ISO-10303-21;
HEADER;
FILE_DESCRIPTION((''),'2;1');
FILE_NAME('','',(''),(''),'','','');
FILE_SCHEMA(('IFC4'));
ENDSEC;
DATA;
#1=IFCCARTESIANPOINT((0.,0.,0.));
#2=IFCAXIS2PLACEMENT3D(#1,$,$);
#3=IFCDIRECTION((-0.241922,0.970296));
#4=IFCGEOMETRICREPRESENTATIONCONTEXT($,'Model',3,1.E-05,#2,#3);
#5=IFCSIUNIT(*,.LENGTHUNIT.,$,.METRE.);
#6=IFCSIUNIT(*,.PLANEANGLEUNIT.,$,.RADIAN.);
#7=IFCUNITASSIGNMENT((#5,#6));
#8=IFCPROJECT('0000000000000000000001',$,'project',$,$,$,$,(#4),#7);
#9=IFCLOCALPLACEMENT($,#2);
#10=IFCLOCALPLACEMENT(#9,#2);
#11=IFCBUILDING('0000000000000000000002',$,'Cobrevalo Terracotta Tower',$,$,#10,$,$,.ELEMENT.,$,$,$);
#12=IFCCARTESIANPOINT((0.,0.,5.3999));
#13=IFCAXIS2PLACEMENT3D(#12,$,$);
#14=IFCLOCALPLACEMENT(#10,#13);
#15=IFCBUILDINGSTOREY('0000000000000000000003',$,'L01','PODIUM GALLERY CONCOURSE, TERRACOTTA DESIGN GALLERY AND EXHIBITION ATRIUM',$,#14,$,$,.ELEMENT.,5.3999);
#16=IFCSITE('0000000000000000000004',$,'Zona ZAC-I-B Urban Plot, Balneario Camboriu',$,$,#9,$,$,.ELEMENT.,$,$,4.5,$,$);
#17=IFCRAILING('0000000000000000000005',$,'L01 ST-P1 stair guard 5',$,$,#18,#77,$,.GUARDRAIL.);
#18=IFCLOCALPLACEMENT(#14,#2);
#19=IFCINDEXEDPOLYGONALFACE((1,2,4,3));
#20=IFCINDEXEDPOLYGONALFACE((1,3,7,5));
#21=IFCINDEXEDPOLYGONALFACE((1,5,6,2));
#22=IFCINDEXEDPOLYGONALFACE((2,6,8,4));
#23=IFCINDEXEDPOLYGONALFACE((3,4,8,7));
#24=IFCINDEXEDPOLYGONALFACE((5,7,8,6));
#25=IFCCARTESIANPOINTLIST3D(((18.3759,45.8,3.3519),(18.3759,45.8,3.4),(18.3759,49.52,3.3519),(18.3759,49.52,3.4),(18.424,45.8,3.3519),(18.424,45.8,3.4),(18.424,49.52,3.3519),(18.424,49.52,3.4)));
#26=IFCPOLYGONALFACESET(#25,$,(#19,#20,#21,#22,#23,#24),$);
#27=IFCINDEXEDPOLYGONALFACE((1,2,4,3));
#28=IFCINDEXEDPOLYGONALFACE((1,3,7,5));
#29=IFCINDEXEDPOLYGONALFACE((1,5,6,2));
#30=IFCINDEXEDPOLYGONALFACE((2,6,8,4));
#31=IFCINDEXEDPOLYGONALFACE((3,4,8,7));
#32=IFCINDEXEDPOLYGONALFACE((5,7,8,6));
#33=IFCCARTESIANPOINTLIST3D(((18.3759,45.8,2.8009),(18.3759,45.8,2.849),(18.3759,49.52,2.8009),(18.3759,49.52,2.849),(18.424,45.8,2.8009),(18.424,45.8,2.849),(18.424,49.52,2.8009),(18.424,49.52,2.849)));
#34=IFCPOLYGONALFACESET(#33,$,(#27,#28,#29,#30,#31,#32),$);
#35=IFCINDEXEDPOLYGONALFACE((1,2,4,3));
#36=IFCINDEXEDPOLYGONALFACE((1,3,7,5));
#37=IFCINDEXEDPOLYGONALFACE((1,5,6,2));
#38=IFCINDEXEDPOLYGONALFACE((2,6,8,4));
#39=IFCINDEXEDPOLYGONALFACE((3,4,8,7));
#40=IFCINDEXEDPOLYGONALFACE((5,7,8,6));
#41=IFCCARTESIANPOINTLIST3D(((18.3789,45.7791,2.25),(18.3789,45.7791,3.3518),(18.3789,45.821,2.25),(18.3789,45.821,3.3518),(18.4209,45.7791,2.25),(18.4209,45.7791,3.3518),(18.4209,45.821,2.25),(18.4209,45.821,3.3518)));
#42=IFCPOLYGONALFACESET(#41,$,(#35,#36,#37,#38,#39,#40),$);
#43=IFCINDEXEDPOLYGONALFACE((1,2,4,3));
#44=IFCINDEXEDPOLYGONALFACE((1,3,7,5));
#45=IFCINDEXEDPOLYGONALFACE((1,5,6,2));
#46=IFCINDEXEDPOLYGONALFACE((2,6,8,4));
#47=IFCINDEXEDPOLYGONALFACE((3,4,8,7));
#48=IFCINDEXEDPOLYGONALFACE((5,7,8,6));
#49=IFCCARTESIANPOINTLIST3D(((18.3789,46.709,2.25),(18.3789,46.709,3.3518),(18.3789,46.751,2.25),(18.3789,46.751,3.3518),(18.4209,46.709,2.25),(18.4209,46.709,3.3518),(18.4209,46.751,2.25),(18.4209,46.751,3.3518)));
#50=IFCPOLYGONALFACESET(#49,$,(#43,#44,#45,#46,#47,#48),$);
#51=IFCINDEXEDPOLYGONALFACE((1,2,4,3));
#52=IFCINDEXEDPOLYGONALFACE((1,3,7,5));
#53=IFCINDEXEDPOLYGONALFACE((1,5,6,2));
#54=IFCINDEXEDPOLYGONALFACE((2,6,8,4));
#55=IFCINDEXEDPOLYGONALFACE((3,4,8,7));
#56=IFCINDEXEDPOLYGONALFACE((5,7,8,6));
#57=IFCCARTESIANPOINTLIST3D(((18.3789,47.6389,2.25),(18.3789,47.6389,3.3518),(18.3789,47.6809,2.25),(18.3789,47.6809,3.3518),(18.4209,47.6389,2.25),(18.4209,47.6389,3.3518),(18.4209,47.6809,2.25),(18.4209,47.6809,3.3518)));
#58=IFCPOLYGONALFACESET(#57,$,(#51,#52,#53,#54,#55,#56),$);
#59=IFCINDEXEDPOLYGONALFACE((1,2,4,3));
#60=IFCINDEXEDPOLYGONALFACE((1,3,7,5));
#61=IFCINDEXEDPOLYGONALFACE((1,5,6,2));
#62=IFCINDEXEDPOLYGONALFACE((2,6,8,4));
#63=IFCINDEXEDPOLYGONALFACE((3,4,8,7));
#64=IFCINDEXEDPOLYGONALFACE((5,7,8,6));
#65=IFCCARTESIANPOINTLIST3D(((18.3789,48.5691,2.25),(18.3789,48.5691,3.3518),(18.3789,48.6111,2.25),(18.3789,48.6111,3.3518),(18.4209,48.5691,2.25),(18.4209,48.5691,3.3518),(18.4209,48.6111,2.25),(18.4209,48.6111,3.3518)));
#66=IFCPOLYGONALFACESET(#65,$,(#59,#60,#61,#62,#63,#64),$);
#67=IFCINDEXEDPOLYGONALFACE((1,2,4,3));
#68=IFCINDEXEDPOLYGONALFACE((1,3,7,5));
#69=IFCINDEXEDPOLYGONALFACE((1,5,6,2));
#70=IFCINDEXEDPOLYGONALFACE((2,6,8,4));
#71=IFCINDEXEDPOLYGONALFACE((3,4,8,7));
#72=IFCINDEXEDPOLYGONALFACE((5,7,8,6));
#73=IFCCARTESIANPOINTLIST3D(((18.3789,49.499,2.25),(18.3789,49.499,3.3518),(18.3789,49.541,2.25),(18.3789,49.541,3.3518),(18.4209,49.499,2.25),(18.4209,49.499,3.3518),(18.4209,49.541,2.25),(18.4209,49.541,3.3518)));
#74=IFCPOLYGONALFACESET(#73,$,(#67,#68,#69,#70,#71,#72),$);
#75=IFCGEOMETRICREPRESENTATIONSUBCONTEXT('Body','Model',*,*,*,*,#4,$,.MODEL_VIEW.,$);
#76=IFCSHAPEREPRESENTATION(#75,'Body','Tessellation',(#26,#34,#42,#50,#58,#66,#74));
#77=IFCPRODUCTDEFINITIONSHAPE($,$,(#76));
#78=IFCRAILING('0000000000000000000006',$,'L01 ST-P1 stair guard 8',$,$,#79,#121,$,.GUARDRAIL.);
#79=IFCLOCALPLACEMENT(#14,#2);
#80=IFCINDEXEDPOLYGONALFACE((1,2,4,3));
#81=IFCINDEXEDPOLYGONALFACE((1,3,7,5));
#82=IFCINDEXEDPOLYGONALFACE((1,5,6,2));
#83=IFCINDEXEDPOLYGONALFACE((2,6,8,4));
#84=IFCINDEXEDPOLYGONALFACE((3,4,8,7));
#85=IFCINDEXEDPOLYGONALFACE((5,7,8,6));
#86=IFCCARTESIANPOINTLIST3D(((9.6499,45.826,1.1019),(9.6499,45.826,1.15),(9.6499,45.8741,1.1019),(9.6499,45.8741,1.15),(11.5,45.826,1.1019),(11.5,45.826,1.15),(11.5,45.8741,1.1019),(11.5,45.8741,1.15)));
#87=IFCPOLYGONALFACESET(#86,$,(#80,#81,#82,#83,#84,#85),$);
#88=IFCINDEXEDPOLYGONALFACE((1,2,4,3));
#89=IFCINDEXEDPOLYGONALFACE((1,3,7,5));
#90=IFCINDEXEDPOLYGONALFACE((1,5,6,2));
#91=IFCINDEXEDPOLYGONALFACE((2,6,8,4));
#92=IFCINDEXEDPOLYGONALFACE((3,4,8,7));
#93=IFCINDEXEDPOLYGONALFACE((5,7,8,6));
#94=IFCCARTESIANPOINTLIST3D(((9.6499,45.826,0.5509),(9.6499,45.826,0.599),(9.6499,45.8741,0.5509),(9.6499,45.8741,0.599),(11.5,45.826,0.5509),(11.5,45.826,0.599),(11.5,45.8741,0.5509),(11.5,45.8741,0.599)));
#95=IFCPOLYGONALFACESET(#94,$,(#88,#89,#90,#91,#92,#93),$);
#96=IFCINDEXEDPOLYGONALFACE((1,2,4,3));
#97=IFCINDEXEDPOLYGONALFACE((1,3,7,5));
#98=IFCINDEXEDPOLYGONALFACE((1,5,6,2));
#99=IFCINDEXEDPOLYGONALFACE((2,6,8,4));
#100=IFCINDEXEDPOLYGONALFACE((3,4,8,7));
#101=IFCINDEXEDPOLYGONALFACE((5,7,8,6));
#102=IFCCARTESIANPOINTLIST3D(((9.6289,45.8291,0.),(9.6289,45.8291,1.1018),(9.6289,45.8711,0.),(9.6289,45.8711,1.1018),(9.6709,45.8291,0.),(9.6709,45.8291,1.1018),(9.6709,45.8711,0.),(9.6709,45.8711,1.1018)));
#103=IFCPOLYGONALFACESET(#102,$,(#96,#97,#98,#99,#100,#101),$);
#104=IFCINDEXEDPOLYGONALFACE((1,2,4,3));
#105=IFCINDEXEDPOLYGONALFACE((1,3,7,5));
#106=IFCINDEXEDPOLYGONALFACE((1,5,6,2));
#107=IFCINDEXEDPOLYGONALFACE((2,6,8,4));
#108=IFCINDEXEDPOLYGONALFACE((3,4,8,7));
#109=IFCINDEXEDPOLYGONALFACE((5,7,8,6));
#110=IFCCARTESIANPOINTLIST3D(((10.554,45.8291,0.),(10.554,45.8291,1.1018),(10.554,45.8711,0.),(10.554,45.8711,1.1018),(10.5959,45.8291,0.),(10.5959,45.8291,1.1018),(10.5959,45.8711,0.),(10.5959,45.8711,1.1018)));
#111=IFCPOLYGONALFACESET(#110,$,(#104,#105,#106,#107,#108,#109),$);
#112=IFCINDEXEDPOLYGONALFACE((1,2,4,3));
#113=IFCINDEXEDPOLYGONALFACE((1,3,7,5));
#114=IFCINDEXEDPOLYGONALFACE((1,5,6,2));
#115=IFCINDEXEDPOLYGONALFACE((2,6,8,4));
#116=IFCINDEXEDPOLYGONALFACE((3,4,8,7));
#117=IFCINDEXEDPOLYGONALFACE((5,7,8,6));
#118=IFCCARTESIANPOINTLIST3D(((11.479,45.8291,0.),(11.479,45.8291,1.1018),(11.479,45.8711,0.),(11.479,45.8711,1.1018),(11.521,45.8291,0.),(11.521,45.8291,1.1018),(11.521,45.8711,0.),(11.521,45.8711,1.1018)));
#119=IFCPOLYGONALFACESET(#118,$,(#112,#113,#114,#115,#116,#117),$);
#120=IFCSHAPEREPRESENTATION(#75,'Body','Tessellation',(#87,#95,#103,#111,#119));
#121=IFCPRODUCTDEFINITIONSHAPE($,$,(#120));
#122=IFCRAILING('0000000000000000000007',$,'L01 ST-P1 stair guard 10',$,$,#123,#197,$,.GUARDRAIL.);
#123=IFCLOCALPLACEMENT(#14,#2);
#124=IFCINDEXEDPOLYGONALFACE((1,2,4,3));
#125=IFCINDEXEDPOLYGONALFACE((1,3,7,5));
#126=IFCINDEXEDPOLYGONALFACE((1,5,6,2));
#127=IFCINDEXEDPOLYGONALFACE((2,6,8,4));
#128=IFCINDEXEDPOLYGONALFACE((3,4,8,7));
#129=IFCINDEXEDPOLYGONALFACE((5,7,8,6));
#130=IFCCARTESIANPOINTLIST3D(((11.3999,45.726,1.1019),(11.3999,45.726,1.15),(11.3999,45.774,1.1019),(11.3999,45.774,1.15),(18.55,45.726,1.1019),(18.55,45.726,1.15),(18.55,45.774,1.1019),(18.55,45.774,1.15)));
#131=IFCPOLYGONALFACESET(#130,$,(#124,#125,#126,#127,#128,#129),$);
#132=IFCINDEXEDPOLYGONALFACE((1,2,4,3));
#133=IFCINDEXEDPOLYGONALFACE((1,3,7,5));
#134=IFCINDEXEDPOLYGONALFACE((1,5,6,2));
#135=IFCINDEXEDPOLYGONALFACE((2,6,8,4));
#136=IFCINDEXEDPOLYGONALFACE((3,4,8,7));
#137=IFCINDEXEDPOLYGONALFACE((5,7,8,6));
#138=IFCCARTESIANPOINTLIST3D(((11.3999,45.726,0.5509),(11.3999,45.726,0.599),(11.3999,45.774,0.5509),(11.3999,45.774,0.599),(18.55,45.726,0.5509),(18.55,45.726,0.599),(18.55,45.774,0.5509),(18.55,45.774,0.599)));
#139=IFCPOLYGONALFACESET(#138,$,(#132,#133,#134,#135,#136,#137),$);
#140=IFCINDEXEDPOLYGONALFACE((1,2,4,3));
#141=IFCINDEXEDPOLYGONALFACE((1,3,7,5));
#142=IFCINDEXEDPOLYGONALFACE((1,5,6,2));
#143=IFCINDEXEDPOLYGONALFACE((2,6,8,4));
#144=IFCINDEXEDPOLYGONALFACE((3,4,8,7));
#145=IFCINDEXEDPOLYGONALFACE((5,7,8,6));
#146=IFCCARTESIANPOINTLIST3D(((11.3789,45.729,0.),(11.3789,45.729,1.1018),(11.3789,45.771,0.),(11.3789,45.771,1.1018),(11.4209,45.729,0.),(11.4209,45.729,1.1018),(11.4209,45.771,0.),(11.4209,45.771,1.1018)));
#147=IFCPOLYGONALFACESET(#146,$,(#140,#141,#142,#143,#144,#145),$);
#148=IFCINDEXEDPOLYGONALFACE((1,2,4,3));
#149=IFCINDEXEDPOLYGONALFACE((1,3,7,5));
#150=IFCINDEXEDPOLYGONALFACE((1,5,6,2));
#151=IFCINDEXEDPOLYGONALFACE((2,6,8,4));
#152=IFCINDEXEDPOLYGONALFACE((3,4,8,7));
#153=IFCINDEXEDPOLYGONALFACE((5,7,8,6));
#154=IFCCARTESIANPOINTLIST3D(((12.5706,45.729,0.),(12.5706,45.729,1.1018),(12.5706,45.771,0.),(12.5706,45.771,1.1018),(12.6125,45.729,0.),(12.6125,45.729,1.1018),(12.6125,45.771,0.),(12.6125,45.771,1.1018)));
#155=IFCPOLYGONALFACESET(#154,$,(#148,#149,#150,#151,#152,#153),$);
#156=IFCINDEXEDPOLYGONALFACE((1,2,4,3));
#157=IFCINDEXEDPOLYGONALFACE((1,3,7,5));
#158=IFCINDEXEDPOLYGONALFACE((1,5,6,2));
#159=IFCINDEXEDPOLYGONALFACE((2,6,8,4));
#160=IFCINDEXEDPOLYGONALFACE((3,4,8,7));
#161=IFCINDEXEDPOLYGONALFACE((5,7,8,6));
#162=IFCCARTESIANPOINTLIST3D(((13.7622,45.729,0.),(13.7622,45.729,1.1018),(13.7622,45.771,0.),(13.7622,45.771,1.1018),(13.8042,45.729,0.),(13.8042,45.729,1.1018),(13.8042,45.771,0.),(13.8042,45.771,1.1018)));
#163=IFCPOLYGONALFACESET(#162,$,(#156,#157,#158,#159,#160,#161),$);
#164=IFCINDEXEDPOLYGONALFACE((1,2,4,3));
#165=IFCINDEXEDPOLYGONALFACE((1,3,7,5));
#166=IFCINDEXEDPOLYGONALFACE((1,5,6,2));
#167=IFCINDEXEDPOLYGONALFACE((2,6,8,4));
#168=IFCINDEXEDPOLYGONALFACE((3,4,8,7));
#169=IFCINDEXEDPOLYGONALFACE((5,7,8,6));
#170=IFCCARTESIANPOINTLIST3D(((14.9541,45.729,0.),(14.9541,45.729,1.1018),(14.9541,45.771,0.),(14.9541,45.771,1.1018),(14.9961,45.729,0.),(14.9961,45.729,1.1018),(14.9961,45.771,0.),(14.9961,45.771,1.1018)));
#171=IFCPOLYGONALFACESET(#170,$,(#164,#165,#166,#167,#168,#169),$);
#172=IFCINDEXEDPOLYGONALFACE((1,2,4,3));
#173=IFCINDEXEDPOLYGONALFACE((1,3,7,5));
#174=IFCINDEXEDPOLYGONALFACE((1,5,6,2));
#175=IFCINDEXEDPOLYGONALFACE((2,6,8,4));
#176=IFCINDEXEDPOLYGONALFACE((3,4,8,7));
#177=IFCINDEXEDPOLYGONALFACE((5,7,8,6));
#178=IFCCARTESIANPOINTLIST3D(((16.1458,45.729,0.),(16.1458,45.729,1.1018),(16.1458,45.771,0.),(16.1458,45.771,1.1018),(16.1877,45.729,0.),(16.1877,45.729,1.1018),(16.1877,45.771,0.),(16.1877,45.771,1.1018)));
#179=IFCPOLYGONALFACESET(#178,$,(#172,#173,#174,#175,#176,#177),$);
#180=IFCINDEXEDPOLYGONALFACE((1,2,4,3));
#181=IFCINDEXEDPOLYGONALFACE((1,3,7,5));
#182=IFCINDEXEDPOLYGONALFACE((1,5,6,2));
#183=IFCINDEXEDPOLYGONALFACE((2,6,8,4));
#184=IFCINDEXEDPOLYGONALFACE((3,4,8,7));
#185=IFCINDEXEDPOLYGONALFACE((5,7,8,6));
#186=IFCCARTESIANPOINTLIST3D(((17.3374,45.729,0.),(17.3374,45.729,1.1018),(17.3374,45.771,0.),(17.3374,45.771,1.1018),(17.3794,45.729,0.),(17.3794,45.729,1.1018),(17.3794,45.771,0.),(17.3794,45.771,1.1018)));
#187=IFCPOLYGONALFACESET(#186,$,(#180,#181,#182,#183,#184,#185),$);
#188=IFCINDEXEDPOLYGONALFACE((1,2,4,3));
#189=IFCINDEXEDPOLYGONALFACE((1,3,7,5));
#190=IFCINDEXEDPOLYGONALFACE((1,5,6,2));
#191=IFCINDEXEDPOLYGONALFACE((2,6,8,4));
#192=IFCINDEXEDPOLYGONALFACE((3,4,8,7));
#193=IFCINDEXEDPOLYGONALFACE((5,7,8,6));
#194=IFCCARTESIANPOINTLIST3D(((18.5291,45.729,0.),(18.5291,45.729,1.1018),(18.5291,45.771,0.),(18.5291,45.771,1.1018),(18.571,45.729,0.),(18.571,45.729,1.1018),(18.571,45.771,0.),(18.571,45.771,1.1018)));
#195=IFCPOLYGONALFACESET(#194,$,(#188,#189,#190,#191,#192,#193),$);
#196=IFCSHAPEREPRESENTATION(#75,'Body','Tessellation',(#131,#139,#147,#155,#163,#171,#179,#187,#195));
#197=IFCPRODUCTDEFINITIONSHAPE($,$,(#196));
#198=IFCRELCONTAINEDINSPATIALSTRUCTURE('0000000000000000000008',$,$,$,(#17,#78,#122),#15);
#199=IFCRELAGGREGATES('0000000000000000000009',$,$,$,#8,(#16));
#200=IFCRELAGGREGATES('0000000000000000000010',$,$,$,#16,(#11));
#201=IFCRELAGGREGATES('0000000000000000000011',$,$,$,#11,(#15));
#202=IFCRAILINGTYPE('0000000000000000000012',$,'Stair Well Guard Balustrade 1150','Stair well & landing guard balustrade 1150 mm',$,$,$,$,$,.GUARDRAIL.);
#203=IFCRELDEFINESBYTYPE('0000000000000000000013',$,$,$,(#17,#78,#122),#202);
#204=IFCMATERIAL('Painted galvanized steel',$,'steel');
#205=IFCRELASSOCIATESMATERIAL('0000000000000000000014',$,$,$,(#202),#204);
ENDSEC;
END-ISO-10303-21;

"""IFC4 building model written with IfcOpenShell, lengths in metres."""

from ifc_helpers import new_model, si_unit, direction, frame, origin, origin_2d, place, context, subcontext, project, spatial, rectangle, extrude, material, type_object, element, save


model = new_model("IFC4")

# Units and contexts
model_context = context("Model", 3, precision=1e-05, world=origin(), true_north=direction((-0.241922, 0.970296)))
body_context = subcontext(model_context, "Body", "Model", "MODEL_VIEW")
ifc_project = project(units=[si_unit("LENGTHUNIT", "METRE"), si_unit("PLANEANGLEUNIT", "RADIAN")], contexts=[model_context])

# Site, building, storey
site_placement = place(None, origin())
site = spatial("IfcSite", under=ifc_project, at=site_placement, Name="Zona ZAC-I-B Urban Plot, Balneario Camboriu", CompositionType="ELEMENT", RefElevation=4.5)
building_placement = place(site_placement, origin())
building = spatial("IfcBuilding", under=site, at=building_placement, Name="Cobrevalo Terracotta Tower", CompositionType="ELEMENT")
storey_placement = place(building_placement, frame((0.0, 0.0, 5.3999)))
storey = spatial("IfcBuildingStorey", under=building, at=storey_placement, Name="L01", Description="PODIUM GALLERY CONCOURSE, TERRACOTTA DESIGN GALLERY AND EXHIBITION ATRIUM", CompositionType="ELEMENT", Elevation=5.3999)

# Railings
ifc_material_1 = material(Name="Painted galvanized steel", Category="steel")
railing_type_1 = type_object("IfcRailingType", Name="Stair Well Guard Balustrade 1150", Description="Stair well & landing guard balustrade 1150 mm", PredefinedType="GUARDRAIL", material=ifc_material_1)
railing_1_placement = place(storey_placement, frame((18.3999, 45.8, 2.25)))
element("IfcRailing", 1, at=railing_1_placement, inside=storey, type_object=railing_type_1, Name="L01 ST-P1 stair guard 5", PredefinedType="GUARDRAIL", context=body_context, shape_type="SweptSolid", body=[
    extrude(rectangle(XDim=0.0481, YDim=0.0481, at=origin_2d()), frame((0.0, 0.0, 1.126), z_axis=(0.0, 1.0, 0.0), x_axis=(-1.0, 0.0, 0.0)), (0.0, 0.0, 1.0), 3.72),
    extrude(rectangle(XDim=0.0481, YDim=0.0481, at=origin_2d()), frame((0.0, 0.0, 0.575), z_axis=(0.0, 1.0, 0.0), x_axis=(-1.0, 0.0, 0.0)), (0.0, 0.0, 1.0), 3.72),
    extrude(rectangle(XDim=0.042, YDim=0.042, at=origin_2d()), origin(), (0.0, 0.0, 1.0), 1.1018),
    extrude(rectangle(XDim=0.042, YDim=0.042, at=origin_2d()), frame((0.0, 0.9299, 0.0)), (0.0, 0.0, 1.0), 1.1018),
    extrude(rectangle(XDim=0.042, YDim=0.042, at=origin_2d()), frame((0.0, 1.8599, 0.0)), (0.0, 0.0, 1.0), 1.1018),
    extrude(rectangle(XDim=0.042, YDim=0.042, at=origin_2d()), frame((0.0, 2.79, 0.0)), (0.0, 0.0, 1.0), 1.1018),
    extrude(rectangle(XDim=0.042, YDim=0.042, at=origin_2d()), frame((0.0, 3.72, 0.0)), (0.0, 0.0, 1.0), 1.1018),
])
railing_2_placement = place(storey_placement, frame((9.6499, 45.8501, 0.0)))
element("IfcRailing", 2, at=railing_2_placement, inside=storey, type_object=railing_type_1, Name="L01 ST-P1 stair guard 8", PredefinedType="GUARDRAIL", context=body_context, shape_type="SweptSolid", body=[
    extrude(rectangle(XDim=0.0481, YDim=0.0481, at=origin_2d()), frame((0.0, 0.0, 1.126), z_axis=(1.0, 0.0, 0.0), x_axis=(0.0, 1.0, 0.0)), (0.0, 0.0, 1.0), 1.8501),
    extrude(rectangle(XDim=0.0481, YDim=0.0481, at=origin_2d()), frame((0.0, 0.0, 0.575), z_axis=(1.0, 0.0, 0.0), x_axis=(0.0, 1.0, 0.0)), (0.0, 0.0, 1.0), 1.8501),
    extrude(rectangle(XDim=0.042, YDim=0.042, at=origin_2d()), origin(), (0.0, 0.0, 1.0), 1.1018),
    extrude(rectangle(XDim=0.042, YDim=0.042, at=origin_2d()), frame((0.925, 0.0, 0.0)), (0.0, 0.0, 1.0), 1.1018),
    extrude(rectangle(XDim=0.042, YDim=0.042, at=origin_2d()), frame((1.8501, 0.0, 0.0)), (0.0, 0.0, 1.0), 1.1018),
])
railing_3_placement = place(storey_placement, frame((11.3999, 45.75, 0.0)))
element("IfcRailing", 3, at=railing_3_placement, inside=storey, type_object=railing_type_1, Name="L01 ST-P1 stair guard 10", PredefinedType="GUARDRAIL", context=body_context, shape_type="SweptSolid", body=[
    extrude(rectangle(XDim=0.0481, YDim=0.0481, at=origin_2d()), frame((0.0, 0.0, 1.126), z_axis=(1.0, 0.0, 0.0), x_axis=(0.0, 1.0, 0.0)), (0.0, 0.0, 1.0), 7.1501),
    extrude(rectangle(XDim=0.0481, YDim=0.0481, at=origin_2d()), frame((0.0, 0.0, 0.575), z_axis=(1.0, 0.0, 0.0), x_axis=(0.0, 1.0, 0.0)), (0.0, 0.0, 1.0), 7.1501),
    extrude(rectangle(XDim=0.042, YDim=0.042, at=origin_2d()), origin(), (0.0, 0.0, 1.0), 1.1018),
    extrude(rectangle(XDim=0.042, YDim=0.042, at=origin_2d()), frame((1.1917, 0.0, 0.0)), (0.0, 0.0, 1.0), 1.1018),
    extrude(rectangle(XDim=0.042, YDim=0.042, at=origin_2d()), frame((2.3833, 0.0, 0.0)), (0.0, 0.0, 1.0), 1.1018),
    extrude(rectangle(XDim=0.042, YDim=0.042, at=origin_2d()), frame((3.5752, 0.0, 0.0)), (0.0, 0.0, 1.0), 1.1018),
    extrude(rectangle(XDim=0.042, YDim=0.042, at=origin_2d()), frame((4.7668, 0.0, 0.0)), (0.0, 0.0, 1.0), 1.1018),
    extrude(rectangle(XDim=0.042, YDim=0.042, at=origin_2d()), frame((5.9585, 0.0, 0.0)), (0.0, 0.0, 1.0), 1.1018),
    extrude(rectangle(XDim=0.042, YDim=0.042, at=origin_2d()), frame((7.1501, 0.0, 0.0)), (0.0, 0.0, 1.0), 1.1018),
])

save(model, "model.ifc")
